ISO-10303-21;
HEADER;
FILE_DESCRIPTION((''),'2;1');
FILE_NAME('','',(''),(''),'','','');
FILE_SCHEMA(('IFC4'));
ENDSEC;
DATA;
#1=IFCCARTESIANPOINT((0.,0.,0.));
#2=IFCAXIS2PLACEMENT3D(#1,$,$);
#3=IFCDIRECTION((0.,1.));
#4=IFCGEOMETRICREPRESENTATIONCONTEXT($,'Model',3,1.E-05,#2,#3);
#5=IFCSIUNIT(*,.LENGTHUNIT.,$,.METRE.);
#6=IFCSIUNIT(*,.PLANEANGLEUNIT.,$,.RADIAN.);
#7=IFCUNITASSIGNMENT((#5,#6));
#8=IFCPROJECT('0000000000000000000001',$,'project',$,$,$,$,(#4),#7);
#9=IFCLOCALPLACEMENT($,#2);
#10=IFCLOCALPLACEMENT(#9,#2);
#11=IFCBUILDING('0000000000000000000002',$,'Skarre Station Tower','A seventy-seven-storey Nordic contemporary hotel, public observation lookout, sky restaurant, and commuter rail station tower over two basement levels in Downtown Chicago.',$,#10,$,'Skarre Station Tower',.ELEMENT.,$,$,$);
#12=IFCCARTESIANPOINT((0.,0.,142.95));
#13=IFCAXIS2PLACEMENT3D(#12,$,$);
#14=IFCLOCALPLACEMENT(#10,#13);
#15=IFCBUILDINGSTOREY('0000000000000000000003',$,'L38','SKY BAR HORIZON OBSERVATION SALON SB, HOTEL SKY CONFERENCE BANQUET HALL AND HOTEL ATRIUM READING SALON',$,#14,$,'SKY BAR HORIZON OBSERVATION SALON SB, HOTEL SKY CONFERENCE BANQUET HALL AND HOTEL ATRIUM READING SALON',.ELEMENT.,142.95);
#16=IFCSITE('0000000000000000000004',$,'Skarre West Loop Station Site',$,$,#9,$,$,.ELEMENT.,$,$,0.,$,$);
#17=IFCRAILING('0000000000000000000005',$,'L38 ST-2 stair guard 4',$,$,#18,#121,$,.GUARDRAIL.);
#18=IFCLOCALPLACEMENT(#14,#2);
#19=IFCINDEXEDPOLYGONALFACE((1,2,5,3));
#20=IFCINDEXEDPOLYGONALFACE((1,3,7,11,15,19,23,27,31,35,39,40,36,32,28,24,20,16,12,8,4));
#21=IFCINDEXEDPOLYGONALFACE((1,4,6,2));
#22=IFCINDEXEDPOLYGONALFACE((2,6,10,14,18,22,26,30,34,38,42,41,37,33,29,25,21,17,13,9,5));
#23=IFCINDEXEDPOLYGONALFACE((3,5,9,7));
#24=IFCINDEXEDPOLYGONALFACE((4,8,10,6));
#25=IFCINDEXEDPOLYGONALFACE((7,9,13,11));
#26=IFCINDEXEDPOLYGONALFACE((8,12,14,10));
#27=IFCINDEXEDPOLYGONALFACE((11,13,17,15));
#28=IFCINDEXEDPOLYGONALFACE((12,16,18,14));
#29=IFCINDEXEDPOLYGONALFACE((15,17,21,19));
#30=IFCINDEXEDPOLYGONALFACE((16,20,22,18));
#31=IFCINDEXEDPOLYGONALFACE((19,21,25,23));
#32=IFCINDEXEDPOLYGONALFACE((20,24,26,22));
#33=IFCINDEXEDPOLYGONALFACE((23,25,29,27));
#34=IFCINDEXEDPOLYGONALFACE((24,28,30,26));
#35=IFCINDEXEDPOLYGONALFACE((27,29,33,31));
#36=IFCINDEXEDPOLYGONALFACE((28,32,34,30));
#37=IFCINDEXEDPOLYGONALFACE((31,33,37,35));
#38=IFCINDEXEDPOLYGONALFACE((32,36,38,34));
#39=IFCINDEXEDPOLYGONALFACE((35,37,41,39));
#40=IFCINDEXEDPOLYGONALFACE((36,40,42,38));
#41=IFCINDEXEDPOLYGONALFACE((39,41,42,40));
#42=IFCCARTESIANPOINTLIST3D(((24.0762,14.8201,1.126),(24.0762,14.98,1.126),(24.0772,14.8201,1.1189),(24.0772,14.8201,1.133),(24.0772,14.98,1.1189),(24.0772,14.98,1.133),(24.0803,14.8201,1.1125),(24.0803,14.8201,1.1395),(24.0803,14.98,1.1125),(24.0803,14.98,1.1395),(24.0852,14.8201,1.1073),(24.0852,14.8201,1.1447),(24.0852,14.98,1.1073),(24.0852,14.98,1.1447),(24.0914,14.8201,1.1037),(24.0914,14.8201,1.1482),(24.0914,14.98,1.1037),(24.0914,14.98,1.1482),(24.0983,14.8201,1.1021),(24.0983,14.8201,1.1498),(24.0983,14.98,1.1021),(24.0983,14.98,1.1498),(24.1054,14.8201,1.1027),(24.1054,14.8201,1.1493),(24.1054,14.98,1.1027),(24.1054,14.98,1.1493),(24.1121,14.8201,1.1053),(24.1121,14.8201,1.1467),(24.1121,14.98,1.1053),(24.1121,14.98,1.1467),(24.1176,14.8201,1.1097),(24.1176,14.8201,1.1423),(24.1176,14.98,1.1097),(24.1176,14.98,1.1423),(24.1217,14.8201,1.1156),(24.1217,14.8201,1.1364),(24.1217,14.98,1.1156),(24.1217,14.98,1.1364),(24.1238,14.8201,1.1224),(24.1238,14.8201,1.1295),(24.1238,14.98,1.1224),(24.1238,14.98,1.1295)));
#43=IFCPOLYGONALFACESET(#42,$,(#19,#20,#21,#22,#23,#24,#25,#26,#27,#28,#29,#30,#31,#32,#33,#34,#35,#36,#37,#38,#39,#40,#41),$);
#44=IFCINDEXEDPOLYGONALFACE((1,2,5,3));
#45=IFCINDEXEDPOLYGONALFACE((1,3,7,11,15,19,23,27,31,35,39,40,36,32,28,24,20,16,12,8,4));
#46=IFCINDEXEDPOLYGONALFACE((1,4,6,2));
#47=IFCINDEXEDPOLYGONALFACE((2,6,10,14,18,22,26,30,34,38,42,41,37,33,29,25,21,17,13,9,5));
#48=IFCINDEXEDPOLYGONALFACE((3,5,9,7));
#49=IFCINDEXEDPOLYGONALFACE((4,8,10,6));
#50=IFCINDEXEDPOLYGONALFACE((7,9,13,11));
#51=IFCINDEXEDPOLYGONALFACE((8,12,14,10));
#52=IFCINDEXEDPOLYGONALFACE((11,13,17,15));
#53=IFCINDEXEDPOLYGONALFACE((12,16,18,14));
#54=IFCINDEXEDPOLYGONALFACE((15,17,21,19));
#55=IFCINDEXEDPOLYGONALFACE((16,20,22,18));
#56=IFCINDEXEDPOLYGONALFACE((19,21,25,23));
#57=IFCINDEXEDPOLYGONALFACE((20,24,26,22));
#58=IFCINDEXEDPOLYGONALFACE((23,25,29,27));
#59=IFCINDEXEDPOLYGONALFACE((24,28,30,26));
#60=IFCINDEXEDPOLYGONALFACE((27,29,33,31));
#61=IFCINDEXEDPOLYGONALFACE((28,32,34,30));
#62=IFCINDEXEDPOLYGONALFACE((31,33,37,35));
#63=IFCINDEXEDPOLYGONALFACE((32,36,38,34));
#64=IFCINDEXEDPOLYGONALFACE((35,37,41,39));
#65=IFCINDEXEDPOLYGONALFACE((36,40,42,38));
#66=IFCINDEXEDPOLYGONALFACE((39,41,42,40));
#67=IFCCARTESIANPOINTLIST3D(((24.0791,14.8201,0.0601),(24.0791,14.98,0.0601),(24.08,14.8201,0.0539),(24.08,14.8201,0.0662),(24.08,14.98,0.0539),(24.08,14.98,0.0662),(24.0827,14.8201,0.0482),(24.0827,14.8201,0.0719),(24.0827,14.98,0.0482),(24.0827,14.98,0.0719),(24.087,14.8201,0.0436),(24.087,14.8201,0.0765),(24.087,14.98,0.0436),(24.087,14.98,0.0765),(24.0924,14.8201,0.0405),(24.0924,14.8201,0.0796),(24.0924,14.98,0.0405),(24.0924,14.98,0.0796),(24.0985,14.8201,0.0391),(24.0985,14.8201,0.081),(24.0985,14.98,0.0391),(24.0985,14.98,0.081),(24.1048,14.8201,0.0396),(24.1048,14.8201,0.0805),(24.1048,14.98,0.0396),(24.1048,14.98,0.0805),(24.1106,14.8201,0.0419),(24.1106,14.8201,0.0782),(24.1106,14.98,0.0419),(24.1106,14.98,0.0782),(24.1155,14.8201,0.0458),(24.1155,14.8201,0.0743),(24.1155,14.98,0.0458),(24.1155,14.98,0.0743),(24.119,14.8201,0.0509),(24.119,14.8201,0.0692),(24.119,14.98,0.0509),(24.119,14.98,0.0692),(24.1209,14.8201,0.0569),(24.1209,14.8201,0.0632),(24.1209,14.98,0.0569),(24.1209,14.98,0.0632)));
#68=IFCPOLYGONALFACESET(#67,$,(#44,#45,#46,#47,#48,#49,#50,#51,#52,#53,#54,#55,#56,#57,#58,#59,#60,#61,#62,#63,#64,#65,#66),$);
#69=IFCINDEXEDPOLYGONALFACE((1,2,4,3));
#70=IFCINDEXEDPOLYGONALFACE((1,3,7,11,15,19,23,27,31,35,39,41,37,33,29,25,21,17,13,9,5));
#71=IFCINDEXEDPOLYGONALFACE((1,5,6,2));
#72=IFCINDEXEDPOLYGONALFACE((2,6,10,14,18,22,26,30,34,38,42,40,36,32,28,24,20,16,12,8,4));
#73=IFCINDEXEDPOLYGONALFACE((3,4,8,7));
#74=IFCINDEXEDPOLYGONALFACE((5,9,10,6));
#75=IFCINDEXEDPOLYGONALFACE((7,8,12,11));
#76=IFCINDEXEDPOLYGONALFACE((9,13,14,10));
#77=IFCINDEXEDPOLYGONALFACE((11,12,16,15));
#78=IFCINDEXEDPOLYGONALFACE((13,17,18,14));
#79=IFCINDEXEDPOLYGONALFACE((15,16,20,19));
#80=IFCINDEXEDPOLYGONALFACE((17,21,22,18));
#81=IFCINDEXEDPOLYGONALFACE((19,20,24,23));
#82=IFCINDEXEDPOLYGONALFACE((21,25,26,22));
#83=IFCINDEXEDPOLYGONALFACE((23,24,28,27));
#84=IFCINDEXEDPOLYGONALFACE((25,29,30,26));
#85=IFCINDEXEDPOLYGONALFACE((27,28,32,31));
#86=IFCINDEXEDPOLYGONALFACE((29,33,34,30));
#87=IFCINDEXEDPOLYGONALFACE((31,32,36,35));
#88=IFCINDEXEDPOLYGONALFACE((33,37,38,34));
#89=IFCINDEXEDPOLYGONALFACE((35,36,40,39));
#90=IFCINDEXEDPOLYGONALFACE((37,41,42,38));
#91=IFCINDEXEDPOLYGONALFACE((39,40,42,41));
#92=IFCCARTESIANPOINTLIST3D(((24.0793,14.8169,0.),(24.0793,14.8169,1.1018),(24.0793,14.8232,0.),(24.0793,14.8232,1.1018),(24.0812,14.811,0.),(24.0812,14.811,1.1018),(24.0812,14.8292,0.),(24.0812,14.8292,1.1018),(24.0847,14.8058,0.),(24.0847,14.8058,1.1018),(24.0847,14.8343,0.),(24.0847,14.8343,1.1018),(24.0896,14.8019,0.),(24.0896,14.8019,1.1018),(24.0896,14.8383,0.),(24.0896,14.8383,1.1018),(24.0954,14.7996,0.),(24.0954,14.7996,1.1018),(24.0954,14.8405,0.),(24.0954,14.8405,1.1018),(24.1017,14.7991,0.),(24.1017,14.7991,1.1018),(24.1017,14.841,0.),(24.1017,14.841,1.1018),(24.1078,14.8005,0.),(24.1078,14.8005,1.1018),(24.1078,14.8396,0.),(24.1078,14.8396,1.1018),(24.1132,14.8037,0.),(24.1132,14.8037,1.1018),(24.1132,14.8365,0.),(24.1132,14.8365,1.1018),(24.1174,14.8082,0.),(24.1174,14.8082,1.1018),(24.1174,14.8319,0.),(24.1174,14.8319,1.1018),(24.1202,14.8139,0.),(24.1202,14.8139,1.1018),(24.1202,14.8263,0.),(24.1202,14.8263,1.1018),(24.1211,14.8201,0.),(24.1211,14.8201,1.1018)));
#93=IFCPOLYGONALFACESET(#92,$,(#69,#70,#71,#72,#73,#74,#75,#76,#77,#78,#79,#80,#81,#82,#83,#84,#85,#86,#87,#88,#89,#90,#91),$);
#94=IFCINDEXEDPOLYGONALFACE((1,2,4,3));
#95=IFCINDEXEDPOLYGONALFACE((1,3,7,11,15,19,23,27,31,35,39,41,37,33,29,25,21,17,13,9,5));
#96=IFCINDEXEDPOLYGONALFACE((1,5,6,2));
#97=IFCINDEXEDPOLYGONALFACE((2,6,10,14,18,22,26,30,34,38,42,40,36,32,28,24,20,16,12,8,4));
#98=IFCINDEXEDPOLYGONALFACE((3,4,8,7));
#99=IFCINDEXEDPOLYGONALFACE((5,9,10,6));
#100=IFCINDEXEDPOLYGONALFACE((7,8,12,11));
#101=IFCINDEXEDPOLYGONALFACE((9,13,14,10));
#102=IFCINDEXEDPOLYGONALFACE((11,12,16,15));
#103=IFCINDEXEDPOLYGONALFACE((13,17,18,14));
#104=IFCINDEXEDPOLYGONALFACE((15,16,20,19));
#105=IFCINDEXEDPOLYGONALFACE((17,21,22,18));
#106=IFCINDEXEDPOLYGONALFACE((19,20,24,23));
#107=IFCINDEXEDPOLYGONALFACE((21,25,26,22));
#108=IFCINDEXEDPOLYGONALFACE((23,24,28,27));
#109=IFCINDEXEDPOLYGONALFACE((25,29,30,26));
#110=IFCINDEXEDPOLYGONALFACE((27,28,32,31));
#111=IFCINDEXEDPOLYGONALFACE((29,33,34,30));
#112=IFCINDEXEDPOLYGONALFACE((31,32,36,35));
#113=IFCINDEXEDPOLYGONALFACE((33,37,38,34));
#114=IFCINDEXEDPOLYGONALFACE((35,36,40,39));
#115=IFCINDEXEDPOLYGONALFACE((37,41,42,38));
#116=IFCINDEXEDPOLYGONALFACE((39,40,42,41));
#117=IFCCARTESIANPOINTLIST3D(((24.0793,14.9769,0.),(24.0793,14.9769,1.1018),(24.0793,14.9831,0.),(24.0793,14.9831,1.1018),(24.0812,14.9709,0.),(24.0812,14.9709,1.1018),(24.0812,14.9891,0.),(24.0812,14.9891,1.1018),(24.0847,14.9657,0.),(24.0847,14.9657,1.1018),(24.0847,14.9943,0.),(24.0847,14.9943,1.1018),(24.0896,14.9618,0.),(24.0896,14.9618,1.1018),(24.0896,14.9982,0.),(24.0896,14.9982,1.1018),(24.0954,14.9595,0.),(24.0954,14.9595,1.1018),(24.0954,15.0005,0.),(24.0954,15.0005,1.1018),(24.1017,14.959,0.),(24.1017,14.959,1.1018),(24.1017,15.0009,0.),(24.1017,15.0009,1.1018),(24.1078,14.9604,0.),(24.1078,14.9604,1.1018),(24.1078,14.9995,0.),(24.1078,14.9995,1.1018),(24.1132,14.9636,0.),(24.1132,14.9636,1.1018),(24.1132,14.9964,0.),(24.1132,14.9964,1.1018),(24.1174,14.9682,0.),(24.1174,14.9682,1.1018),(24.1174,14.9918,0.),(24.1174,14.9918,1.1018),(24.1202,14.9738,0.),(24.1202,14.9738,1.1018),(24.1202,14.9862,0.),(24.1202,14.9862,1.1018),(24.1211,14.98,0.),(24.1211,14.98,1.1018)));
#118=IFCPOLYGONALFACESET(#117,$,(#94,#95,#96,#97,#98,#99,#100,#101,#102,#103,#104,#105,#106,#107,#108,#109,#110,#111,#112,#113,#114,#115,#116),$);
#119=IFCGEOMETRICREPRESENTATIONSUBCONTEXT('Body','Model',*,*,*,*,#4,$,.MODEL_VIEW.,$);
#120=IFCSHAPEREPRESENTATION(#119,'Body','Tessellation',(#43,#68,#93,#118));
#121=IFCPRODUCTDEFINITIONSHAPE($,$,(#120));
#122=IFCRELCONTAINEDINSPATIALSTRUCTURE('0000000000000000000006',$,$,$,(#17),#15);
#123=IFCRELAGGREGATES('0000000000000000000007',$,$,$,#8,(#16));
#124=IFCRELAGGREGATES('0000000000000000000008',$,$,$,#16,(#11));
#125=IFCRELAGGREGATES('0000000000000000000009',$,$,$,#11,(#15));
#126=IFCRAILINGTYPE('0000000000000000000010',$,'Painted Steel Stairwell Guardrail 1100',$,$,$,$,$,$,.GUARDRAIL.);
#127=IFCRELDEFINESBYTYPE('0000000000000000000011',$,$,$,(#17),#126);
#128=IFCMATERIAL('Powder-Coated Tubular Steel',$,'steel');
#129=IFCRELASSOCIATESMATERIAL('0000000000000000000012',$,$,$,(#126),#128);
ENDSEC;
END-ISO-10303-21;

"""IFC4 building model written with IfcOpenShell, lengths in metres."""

from ifc_helpers import new_model, si_unit, direction, frame, origin, origin_2d, place, context, subcontext, project, spatial, circle, extrude, material, type_object, element, save


model = new_model("IFC4")

# Units and contexts
model_context = context("Model", 3, precision=1e-05, world=origin(), true_north=direction((0.0, 1.0)))
body_context = subcontext(model_context, "Body", "Model", "MODEL_VIEW")
ifc_project = project(units=[si_unit("LENGTHUNIT", "METRE"), si_unit("PLANEANGLEUNIT", "RADIAN")], contexts=[model_context])

# Site, building, storey
site_placement = place(None, origin())
site = spatial("IfcSite", under=ifc_project, at=site_placement, Name="Skarre West Loop Station Site", CompositionType="ELEMENT", RefElevation=0.0)
building_placement = place(site_placement, origin())
building = spatial("IfcBuilding", under=site, at=building_placement, Name="Skarre Station Tower", Description="A seventy-seven-storey Nordic contemporary hotel, public observation lookout, sky restaurant, and commuter rail station tower over two basement levels in Downtown Chicago.", LongName="Skarre Station Tower", CompositionType="ELEMENT")
storey_placement = place(building_placement, frame((0.0, 0.0, 142.95)))
storey = spatial("IfcBuildingStorey", under=building, at=storey_placement, Name="L38", Description="SKY BAR HORIZON OBSERVATION SALON SB, HOTEL SKY CONFERENCE BANQUET HALL AND HOTEL ATRIUM READING SALON", LongName="SKY BAR HORIZON OBSERVATION SALON SB, HOTEL SKY CONFERENCE BANQUET HALL AND HOTEL ATRIUM READING SALON", CompositionType="ELEMENT", Elevation=142.95)

# Railing
ifc_material_1 = material(Name="Powder-Coated Tubular Steel", Category="steel")
railing_type_1 = type_object("IfcRailingType", Name="Painted Steel Stairwell Guardrail 1100", PredefinedType="GUARDRAIL", material=ifc_material_1)
railing_1_placement = place(storey_placement, frame((24.1001, 14.8201, 0.0)))
element("IfcRailing", 1, at=railing_1_placement, inside=storey, type_object=railing_type_1, Name="L38 ST-2 stair guard 4", PredefinedType="GUARDRAIL", context=body_context, shape_type="SweptSolid", body=[
    extrude(circle(Radius=0.0239, at=origin_2d()), frame((0.0, 0.0, 1.126), z_axis=(0.0, 1.0, 0.0), x_axis=(-1.0, 0.0, 0.0)), (0.0, 0.0, 1.0), 0.1599),
    extrude(circle(Radius=0.021, at=origin_2d()), frame((0.0, 0.0, 0.0601), z_axis=(0.0, 1.0, 0.0), x_axis=(-1.0, 0.0, 0.0)), (0.0, 0.0, 1.0), 0.1599),
    extrude(circle(Radius=0.021, at=origin_2d()), origin(), (0.0, 0.0, 1.0), 1.1018),
    extrude(circle(Radius=0.021, at=origin_2d()), frame((0.0, 0.1599, 0.0)), (0.0, 0.0, 1.0), 1.1018),
])

save(model, "model.ifc")
